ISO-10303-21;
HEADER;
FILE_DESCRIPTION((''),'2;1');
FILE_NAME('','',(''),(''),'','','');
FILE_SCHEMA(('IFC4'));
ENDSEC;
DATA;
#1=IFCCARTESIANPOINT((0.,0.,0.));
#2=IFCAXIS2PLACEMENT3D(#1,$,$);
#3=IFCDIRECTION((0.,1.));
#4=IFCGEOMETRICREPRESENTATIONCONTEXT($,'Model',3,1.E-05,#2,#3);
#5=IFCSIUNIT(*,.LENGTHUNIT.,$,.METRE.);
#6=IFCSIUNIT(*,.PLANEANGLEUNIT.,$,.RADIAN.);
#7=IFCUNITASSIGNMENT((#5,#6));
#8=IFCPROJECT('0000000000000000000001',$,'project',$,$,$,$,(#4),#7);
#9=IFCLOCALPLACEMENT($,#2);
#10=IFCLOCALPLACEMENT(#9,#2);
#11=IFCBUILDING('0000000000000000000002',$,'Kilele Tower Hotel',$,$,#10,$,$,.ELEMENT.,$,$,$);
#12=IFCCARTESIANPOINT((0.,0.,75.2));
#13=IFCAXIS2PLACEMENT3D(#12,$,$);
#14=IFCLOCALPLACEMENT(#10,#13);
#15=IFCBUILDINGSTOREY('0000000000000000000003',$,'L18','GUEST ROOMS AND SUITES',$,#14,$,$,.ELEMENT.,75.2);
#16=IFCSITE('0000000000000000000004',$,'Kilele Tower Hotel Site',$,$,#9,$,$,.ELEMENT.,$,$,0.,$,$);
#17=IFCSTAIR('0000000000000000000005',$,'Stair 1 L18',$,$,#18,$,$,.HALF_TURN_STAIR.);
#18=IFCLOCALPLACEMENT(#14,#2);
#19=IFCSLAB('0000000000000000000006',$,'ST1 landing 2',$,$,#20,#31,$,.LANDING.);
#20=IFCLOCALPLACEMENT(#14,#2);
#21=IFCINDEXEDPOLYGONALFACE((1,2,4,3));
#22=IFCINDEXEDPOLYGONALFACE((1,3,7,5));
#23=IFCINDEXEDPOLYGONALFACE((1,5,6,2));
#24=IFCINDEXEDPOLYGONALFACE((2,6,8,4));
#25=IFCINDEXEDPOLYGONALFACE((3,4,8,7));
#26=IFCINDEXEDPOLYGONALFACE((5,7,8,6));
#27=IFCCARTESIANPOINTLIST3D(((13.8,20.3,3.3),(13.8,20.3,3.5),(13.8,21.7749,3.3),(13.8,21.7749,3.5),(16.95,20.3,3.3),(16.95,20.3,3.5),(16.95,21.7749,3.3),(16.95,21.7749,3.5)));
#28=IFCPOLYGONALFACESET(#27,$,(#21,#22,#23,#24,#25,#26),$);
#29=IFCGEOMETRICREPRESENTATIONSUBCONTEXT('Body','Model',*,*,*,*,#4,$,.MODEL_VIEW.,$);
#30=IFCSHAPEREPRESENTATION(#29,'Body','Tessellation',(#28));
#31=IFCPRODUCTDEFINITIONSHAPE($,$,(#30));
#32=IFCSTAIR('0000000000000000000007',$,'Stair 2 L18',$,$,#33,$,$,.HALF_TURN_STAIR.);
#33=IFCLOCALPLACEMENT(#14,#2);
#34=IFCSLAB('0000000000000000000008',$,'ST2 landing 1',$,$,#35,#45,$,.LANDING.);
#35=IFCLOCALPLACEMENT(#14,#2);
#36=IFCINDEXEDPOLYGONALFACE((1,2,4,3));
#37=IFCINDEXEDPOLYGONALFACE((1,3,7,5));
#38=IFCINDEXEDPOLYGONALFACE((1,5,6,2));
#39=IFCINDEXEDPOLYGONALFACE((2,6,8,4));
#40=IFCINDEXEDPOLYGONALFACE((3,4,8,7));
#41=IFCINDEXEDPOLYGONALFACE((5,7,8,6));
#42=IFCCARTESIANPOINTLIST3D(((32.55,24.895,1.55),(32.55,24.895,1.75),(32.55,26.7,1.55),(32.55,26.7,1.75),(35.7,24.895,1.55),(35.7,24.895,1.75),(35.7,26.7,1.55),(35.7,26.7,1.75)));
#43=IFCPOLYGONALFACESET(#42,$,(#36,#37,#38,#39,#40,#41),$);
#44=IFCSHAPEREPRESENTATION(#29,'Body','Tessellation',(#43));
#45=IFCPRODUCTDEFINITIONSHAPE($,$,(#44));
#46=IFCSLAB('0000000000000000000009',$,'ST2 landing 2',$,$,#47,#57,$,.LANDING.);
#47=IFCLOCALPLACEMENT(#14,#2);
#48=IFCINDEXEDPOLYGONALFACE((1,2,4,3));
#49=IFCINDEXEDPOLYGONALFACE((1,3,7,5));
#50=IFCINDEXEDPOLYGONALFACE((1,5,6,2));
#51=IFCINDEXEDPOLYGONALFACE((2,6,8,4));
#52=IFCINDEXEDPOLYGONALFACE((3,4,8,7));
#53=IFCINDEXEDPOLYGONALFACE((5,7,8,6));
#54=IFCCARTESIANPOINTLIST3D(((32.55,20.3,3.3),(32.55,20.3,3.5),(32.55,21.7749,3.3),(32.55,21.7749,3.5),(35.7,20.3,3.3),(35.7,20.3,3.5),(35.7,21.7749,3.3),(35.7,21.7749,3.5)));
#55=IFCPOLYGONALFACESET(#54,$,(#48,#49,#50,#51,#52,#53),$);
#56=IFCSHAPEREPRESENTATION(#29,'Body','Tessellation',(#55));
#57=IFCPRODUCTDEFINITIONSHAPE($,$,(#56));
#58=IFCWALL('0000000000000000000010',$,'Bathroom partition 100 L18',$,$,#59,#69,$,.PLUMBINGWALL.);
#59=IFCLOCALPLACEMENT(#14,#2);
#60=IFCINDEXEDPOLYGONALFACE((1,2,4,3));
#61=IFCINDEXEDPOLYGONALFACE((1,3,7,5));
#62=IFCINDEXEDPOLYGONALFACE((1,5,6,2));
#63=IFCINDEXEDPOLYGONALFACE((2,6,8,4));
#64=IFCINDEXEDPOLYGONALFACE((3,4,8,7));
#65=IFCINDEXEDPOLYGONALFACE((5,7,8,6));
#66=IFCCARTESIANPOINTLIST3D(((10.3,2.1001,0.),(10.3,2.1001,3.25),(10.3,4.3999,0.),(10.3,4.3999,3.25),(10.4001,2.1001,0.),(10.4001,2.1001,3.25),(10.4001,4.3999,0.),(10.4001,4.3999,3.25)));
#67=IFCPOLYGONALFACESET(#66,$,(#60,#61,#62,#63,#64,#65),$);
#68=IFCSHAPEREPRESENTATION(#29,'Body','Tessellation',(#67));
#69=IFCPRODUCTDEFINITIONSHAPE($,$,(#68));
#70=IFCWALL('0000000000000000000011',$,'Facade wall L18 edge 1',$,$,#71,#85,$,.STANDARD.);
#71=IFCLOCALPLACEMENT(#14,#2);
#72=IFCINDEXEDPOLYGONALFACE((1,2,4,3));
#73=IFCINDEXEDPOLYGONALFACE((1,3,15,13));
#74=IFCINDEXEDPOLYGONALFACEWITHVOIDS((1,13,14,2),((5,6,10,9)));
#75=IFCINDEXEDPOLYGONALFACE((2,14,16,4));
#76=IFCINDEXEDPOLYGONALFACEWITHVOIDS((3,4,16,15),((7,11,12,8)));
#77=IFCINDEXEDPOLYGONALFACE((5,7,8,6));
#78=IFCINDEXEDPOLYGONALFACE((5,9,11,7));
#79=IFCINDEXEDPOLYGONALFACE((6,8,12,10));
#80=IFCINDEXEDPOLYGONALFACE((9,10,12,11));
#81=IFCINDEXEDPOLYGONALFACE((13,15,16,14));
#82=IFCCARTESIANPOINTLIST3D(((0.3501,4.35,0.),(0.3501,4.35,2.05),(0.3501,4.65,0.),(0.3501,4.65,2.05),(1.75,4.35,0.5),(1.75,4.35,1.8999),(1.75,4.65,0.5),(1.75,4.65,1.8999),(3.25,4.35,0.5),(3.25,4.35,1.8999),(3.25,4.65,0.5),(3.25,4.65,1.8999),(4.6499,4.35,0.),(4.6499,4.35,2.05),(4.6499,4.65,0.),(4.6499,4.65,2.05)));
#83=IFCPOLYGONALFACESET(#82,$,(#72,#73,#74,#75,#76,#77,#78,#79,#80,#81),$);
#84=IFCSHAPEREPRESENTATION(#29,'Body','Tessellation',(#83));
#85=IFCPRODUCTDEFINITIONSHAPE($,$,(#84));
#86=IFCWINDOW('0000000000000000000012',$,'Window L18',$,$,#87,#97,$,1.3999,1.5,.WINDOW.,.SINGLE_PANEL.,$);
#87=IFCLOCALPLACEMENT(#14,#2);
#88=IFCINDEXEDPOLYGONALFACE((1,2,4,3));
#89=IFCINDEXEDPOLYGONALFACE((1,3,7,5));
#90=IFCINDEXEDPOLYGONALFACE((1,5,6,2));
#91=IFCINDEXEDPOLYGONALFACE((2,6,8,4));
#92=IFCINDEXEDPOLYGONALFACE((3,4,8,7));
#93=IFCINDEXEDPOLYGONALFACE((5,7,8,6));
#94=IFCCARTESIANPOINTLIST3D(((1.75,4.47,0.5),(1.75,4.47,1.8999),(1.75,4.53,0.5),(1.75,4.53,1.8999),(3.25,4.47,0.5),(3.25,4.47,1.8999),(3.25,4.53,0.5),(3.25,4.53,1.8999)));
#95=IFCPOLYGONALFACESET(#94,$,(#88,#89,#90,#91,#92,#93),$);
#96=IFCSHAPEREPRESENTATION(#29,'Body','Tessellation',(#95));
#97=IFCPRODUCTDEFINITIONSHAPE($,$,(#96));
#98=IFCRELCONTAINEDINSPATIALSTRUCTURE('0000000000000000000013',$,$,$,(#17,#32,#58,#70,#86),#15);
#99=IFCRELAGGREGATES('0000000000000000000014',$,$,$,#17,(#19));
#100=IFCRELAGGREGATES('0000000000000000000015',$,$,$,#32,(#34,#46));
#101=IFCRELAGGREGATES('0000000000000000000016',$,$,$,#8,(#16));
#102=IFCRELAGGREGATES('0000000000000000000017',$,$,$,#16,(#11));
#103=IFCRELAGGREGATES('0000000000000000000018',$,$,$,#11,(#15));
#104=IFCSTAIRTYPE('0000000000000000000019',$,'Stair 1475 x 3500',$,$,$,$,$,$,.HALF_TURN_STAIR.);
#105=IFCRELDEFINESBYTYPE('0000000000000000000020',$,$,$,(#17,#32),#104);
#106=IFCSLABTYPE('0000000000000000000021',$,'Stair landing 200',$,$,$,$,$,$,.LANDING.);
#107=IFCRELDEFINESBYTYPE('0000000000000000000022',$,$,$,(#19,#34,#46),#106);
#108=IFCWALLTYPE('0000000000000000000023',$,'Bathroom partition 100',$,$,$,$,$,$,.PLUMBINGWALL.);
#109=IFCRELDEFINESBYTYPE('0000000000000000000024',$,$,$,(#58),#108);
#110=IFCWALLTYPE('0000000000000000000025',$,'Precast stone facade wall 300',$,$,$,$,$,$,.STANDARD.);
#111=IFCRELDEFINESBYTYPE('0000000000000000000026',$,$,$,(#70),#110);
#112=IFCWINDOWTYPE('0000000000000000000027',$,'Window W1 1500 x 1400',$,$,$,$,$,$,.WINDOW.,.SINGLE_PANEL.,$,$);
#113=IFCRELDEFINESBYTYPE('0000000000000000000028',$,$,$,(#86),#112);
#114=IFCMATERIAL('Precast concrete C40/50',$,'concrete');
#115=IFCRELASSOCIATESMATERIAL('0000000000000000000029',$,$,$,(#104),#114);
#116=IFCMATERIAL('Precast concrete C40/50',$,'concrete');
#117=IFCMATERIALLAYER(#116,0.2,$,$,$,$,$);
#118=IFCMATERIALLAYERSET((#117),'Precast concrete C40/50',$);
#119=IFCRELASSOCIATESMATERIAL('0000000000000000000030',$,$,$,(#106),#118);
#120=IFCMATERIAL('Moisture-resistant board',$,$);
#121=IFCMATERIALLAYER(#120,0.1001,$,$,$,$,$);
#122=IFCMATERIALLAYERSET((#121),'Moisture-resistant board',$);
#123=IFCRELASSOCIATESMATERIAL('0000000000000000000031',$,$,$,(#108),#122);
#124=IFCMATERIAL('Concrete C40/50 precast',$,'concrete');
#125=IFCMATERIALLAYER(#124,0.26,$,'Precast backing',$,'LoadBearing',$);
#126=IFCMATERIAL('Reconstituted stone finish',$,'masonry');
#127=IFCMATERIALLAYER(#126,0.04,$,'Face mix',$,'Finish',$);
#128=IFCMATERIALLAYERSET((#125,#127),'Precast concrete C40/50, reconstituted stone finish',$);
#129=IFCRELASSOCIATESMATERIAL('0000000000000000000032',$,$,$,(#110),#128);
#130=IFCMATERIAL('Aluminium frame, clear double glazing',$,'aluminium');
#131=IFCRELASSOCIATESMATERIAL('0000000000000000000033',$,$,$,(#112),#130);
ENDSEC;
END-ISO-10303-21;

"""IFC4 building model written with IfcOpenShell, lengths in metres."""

from ifc_helpers import new_model, si_unit, direction, frame, frame_2d, origin, place, context, subcontext, project, spatial, polyline, rectangle, outline, extrude, material, layer, layer_set, type_object, element, fill, aggregate, save


model = new_model("IFC4")

# Units and contexts
model_context = context("Model", 3, precision=1e-05, world=origin(), true_north=direction((0.0, 1.0)))
body_context = subcontext(model_context, "Body", "Model", "MODEL_VIEW")
ifc_project = project(units=[si_unit("LENGTHUNIT", "METRE"), si_unit("PLANEANGLEUNIT", "RADIAN")], contexts=[model_context])

# Site, building, storey
site_placement = place(None, origin())
site = spatial("IfcSite", under=ifc_project, at=site_placement, Name="Kilele Tower Hotel Site", CompositionType="ELEMENT", RefElevation=0.0)
building_placement = place(site_placement, origin())
building = spatial("IfcBuilding", under=site, at=building_placement, Name="Kilele Tower Hotel", CompositionType="ELEMENT")
storey_placement = place(building_placement, frame((0.0, 0.0, 75.2)))
storey = spatial("IfcBuildingStorey", under=building, at=storey_placement, Name="L18", Description="GUEST ROOMS AND SUITES", CompositionType="ELEMENT", Elevation=75.2)

# Stairs, slabs
ifc_material_1 = material(Name="Precast concrete C40/50", Category="concrete")
stair_type = type_object("IfcStairType", Name="Stair 1475 x 3500", PredefinedType="HALF_TURN_STAIR", material=ifc_material_1)
stair_1_placement = place(storey_placement, origin())
stair_1 = element("IfcStair", 1, at=stair_1_placement, inside=storey, type_object=stair_type, Name="Stair 1 L18", PredefinedType="HALF_TURN_STAIR")
ifc_material_2 = material(Name="Precast concrete C40/50", Category="concrete")
ifc_layer_1 = layer(ifc_material_2, 0.2)
ifc_layer_set_1 = layer_set([ifc_layer_1], Name="Precast concrete C40/50")
slab_type_1 = type_object("IfcSlabType", Name="Stair landing 200", PredefinedType="LANDING", material=ifc_layer_set_1)
slab_1_placement = place(storey_placement, frame((0.0, 0.0, 3.3)))
slab_1 = element("IfcSlab", 2, at=slab_1_placement, type_object=slab_type_1, Name="ST1 landing 2", PredefinedType="LANDING", context=body_context, shape_type="SweptSolid", body=[
    extrude(outline(polyline([(13.8, 20.3), (16.95, 20.3), (16.95, 21.7749), (13.8, 21.7749), (13.8, 20.3)])), origin(), (0.0, 0.0, 1.0), 0.2),
])
aggregate(stair_1, [slab_1])
stair_2_placement = place(storey_placement, origin())
stair_2 = element("IfcStair", 3, at=stair_2_placement, inside=storey, type_object=stair_type, Name="Stair 2 L18", PredefinedType="HALF_TURN_STAIR")
slab_2_placement = place(storey_placement, frame((0.0, 0.0, 1.55)))
slab_2 = element("IfcSlab", 4, at=slab_2_placement, type_object=slab_type_1, Name="ST2 landing 1", PredefinedType="LANDING", context=body_context, shape_type="SweptSolid", body=[
    extrude(outline(polyline([(32.55, 24.895), (35.7, 24.895), (35.7, 26.7), (32.55, 26.7), (32.55, 24.895)])), origin(), (0.0, 0.0, 1.0), 0.2),
])
slab_3_placement = place(storey_placement, frame((0.0, 0.0, 3.3)))
slab_3 = element("IfcSlab", 5, at=slab_3_placement, type_object=slab_type_1, Name="ST2 landing 2", PredefinedType="LANDING", context=body_context, shape_type="SweptSolid", body=[
    extrude(outline(polyline([(32.55, 20.3), (35.7, 20.3), (35.7, 21.7749), (32.55, 21.7749), (32.55, 20.3)])), origin(), (0.0, 0.0, 1.0), 0.2),
])
aggregate(stair_2, [slab_2, slab_3])

# Wall
ifc_material_3 = material(Name="Moisture-resistant board")
ifc_layer_2 = layer(ifc_material_3, 0.1001)
ifc_layer_set_2 = layer_set([ifc_layer_2], Name="Moisture-resistant board")
wall_type_1 = type_object("IfcWallType", Name="Bathroom partition 100", PredefinedType="PLUMBINGWALL", material=ifc_layer_set_2)
wall_1_placement = place(storey_placement, frame((10.3501, 4.3999, 0.0), z_axis=(0.0, 0.0, 1.0), x_axis=(0.0, -1.0, 0.0)))
element("IfcWall", 6, at=wall_1_placement, inside=storey, type_object=wall_type_1, Name="Bathroom partition 100 L18", PredefinedType="PLUMBINGWALL", context=body_context, shape_type="SweptSolid", body=[
    extrude(rectangle(XDim=2.2998, YDim=0.1001, at=frame_2d((1.1499, 0.0))), origin(), (0.0, 0.0, 1.0), 3.25),
])

# Wall, opening, window
ifc_material_4 = material(Name="Concrete C40/50 precast", Category="concrete")
ifc_layer_3 = layer(ifc_material_4, 0.26, Name="Precast backing", Category="LoadBearing")
ifc_material_5 = material(Name="Reconstituted stone finish", Category="masonry")
ifc_layer_4 = layer(ifc_material_5, 0.04, Name="Face mix", Category="Finish")
ifc_layer_set_3 = layer_set([ifc_layer_3, ifc_layer_4], Name="Precast concrete C40/50, reconstituted stone finish")
wall_type_2 = type_object("IfcWallType", Name="Precast stone facade wall 300", PredefinedType="STANDARD", material=ifc_layer_set_3)
wall_2_placement = place(storey_placement, frame((0.3501, 4.5, 0.0), z_axis=(0.0, 0.0, 1.0), x_axis=(1.0, 0.0, 0.0)))
wall_2 = element("IfcWall", 7, at=wall_2_placement, inside=storey, type_object=wall_type_2, Name="Facade wall L18 edge 1", PredefinedType="STANDARD", context=body_context, shape_type="SweptSolid", body=[
    extrude(rectangle(XDim=4.2998, YDim=0.3, at=frame_2d((2.1499, 0.0))), origin(), (0.0, 0.0, 1.0), 2.05),
])
opening_1_placement = place(wall_2_placement, frame((1.3999, 0.0, 0.5)))
opening_1 = element("IfcOpeningElement", 8, at=opening_1_placement, cuts=wall_2, PredefinedType="OPENING", context=body_context, shape_type="SweptSolid", body=[
    extrude(rectangle(XDim=1.5, YDim=1.3999, at=frame_2d((0.75, 0.7))), frame((0.0, 0.1599, 0.0), z_axis=(0.0, -1.0, 0.0), x_axis=(1.0, 0.0, 0.0)), (0.0, 0.0, 1.0), 0.3201),
])
ifc_material_6 = material(Name="Aluminium frame, clear double glazing", Category="aluminium")
window_type = type_object("IfcWindowType", Name="Window W1 1500 x 1400", PartitioningType="SINGLE_PANEL", PredefinedType="WINDOW", material=ifc_material_6)
window_1_placement = place(opening_1_placement, origin())
window_1 = element("IfcWindow", 9, at=window_1_placement, inside=storey, type_object=window_type, Name="Window L18", OverallHeight=1.3999, OverallWidth=1.5, PartitioningType="SINGLE_PANEL", PredefinedType="WINDOW", context=body_context, shape_type="SweptSolid", body=[
    extrude(rectangle(XDim=1.5, YDim=1.3999, at=frame_2d((0.75, 0.7))), frame((0.0, 0.03, 0.0), z_axis=(0.0, -1.0, 0.0), x_axis=(1.0, 0.0, 0.0)), (0.0, 0.0, 1.0), 0.0601),
])
fill(opening_1, window_1)

save(model, "model.ifc")
